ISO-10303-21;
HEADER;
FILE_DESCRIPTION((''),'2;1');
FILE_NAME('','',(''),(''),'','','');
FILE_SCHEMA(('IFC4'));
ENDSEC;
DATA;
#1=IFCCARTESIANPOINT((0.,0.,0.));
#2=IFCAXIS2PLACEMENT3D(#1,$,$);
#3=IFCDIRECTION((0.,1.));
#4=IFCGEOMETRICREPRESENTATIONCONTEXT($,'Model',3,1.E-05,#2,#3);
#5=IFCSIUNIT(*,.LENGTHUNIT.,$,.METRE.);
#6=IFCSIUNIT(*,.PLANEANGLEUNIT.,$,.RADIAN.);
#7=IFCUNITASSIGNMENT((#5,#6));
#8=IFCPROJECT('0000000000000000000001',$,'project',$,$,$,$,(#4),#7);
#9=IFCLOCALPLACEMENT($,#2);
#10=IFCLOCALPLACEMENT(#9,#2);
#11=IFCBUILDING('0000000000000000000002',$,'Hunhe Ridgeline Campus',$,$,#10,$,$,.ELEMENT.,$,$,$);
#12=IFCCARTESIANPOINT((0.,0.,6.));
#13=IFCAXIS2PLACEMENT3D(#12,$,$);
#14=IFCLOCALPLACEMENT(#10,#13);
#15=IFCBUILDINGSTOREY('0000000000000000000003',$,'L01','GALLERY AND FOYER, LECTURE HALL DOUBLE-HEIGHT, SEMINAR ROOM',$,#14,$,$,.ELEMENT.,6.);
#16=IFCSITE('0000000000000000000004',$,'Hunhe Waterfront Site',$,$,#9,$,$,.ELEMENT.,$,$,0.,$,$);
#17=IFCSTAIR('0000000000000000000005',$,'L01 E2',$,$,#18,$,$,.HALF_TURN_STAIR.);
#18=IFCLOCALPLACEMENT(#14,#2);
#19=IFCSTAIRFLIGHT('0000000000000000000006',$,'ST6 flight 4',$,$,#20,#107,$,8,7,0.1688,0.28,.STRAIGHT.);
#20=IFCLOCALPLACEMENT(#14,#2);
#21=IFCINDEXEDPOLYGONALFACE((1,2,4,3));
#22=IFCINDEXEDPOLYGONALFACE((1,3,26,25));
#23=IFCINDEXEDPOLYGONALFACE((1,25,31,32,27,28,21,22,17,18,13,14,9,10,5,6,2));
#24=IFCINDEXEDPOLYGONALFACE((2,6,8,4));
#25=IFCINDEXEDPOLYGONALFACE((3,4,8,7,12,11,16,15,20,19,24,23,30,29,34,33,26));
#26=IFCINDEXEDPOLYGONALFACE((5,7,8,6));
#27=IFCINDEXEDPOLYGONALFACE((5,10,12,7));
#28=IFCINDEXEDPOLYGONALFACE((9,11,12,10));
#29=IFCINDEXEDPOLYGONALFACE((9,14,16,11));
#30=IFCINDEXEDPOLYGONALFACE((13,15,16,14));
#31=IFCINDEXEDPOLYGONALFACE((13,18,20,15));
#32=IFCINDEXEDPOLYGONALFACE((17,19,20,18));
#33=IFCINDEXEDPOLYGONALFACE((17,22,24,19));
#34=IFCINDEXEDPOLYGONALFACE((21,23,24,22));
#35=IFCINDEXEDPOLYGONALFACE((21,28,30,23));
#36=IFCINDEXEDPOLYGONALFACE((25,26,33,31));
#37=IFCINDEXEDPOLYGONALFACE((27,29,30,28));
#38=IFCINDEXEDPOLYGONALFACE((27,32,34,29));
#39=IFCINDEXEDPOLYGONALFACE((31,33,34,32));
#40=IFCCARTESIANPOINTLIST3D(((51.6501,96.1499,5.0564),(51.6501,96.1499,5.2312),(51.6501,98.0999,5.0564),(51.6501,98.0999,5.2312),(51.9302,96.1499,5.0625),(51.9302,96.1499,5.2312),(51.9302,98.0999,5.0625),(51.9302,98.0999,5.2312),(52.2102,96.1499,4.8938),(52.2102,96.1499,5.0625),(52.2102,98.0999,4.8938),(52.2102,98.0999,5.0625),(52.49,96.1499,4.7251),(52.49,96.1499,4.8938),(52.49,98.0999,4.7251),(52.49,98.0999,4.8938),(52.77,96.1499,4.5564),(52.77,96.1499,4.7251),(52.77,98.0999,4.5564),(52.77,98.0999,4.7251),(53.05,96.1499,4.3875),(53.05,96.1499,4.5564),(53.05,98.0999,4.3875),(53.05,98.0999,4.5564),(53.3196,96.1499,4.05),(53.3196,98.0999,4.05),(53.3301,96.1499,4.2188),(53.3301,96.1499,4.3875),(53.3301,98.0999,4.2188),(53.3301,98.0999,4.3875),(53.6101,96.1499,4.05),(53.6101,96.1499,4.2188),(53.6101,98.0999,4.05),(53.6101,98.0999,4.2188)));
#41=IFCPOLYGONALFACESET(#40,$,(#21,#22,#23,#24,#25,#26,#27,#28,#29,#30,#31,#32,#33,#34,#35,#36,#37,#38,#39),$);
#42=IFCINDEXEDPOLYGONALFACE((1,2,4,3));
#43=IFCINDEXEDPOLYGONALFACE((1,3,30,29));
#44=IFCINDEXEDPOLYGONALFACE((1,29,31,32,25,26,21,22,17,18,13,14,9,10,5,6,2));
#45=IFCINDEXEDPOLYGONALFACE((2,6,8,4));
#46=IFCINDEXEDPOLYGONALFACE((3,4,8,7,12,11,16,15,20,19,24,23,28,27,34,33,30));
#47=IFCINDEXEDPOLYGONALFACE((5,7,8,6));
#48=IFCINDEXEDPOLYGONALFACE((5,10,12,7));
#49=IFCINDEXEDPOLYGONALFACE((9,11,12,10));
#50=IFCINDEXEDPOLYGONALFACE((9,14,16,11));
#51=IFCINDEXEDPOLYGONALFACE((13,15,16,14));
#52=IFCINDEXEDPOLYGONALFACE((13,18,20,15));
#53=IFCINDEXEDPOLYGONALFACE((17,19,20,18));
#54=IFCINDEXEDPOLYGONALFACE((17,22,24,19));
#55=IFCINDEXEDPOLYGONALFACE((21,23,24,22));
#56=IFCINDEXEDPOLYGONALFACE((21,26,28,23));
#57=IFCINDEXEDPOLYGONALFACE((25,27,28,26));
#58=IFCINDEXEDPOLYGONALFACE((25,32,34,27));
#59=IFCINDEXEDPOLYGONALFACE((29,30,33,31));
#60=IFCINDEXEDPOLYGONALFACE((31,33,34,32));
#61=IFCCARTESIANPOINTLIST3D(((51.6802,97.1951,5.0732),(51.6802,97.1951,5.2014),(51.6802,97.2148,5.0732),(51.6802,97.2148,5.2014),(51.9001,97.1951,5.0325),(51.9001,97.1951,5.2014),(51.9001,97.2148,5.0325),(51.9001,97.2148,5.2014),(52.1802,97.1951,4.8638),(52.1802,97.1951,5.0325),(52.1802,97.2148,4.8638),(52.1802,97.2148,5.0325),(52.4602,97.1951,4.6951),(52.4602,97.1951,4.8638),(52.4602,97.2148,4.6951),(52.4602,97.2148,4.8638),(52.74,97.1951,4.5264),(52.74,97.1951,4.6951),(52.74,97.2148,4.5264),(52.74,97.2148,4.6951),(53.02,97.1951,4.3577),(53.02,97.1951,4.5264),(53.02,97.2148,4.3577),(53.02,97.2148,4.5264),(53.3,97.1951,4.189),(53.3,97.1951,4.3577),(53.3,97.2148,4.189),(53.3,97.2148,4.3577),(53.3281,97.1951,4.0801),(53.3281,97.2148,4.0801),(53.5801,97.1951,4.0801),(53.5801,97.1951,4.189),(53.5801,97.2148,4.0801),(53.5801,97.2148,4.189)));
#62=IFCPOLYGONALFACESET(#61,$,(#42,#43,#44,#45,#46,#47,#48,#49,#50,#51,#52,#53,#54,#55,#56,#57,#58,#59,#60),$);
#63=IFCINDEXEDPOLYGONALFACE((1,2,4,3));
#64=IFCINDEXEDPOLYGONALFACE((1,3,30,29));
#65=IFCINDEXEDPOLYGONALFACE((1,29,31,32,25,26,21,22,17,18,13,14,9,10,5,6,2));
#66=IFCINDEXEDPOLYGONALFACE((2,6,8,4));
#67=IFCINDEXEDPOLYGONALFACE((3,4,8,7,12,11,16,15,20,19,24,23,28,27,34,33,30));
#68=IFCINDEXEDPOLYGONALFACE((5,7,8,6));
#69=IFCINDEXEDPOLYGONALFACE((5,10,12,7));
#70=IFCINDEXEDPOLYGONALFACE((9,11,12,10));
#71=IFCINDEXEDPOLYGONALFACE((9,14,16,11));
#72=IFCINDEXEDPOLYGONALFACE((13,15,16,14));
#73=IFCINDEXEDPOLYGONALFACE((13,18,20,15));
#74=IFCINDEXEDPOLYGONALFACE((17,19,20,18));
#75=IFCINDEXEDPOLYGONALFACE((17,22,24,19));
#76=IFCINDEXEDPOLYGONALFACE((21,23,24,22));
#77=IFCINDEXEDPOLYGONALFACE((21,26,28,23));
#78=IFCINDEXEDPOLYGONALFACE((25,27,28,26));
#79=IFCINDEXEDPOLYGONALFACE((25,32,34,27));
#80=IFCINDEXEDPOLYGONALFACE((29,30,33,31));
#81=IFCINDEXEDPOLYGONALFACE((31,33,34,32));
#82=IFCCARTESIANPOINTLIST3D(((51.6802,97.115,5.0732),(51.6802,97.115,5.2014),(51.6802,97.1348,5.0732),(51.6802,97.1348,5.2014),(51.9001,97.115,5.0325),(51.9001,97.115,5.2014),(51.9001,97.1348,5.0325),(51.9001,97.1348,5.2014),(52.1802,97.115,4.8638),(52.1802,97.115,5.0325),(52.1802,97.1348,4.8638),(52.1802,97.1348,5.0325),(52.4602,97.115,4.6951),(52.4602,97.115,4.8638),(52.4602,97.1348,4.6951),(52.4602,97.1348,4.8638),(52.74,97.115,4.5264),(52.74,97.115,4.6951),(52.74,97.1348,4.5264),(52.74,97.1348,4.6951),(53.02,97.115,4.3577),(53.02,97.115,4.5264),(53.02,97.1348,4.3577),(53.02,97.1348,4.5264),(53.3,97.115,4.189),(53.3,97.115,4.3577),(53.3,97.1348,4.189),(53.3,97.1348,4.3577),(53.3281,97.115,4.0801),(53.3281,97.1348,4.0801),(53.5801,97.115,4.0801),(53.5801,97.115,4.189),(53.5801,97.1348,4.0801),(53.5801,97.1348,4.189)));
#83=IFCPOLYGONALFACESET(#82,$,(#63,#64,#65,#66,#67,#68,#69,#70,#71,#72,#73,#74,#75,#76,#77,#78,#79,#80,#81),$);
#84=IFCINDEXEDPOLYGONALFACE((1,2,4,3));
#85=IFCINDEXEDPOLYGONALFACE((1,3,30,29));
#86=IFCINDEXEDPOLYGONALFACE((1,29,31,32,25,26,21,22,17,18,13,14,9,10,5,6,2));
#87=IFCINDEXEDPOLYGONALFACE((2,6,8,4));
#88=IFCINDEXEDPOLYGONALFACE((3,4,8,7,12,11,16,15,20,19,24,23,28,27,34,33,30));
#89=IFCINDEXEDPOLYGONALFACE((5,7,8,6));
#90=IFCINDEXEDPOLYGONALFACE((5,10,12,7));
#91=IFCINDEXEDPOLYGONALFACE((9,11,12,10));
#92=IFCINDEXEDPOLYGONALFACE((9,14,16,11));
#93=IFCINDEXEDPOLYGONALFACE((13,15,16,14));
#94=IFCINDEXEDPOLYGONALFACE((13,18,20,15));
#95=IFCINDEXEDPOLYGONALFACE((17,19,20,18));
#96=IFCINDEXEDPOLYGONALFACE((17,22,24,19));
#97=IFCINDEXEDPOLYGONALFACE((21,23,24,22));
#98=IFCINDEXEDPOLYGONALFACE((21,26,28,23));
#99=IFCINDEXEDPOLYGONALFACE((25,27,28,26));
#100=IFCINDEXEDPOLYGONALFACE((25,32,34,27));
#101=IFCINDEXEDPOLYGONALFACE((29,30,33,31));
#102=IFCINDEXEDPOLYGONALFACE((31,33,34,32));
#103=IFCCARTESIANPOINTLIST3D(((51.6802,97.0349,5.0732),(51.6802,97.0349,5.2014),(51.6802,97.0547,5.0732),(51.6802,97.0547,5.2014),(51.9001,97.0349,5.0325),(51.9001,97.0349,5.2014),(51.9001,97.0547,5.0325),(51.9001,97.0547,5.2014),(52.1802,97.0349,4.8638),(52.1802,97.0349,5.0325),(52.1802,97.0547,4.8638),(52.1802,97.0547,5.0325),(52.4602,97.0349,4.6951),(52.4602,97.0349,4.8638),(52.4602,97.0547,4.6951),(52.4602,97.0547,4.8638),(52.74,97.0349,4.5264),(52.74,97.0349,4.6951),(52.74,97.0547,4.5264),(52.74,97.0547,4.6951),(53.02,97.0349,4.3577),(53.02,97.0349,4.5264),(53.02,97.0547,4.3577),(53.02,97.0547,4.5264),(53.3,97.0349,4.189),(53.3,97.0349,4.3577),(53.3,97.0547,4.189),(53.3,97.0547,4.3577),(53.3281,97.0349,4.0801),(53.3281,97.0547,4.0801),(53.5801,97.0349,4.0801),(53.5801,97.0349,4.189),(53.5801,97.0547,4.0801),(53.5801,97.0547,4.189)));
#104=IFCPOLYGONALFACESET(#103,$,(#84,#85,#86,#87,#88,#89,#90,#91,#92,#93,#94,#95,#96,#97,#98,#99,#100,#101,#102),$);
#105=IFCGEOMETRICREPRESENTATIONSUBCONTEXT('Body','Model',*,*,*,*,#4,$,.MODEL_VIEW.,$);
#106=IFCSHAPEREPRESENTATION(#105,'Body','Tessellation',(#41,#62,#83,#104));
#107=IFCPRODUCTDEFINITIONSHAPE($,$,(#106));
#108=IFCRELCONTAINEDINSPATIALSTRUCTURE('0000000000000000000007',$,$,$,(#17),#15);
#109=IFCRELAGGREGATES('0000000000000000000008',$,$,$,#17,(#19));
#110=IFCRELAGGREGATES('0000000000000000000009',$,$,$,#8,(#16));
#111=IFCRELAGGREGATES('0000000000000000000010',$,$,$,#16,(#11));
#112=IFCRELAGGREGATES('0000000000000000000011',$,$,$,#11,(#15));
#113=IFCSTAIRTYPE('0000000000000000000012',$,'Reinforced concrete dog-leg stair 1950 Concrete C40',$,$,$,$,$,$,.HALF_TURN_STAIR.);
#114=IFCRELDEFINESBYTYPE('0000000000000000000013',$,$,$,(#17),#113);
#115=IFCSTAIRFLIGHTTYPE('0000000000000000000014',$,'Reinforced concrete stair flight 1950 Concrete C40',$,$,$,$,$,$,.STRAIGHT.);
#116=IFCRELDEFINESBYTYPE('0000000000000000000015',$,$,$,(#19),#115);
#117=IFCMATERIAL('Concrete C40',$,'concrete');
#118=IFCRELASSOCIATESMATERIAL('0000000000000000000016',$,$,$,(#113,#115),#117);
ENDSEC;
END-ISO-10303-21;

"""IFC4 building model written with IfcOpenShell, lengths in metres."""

from ifc_helpers import new_model, si_unit, direction, frame, origin, place, context, subcontext, project, spatial, polyline, outline, extrude, material, type_object, element, aggregate, save


model = new_model("IFC4")

# Units and contexts
model_context = context("Model", 3, precision=1e-05, world=origin(), true_north=direction((0.0, 1.0)))
body_context = subcontext(model_context, "Body", "Model", "MODEL_VIEW")
ifc_project = project(units=[si_unit("LENGTHUNIT", "METRE"), si_unit("PLANEANGLEUNIT", "RADIAN")], contexts=[model_context])

# Site, building, storey
site_placement = place(None, origin())
site = spatial("IfcSite", under=ifc_project, at=site_placement, Name="Hunhe Waterfront Site", CompositionType="ELEMENT", RefElevation=0.0)
building_placement = place(site_placement, origin())
building = spatial("IfcBuilding", under=site, at=building_placement, Name="Hunhe Ridgeline Campus", CompositionType="ELEMENT")
storey_placement = place(building_placement, frame((0.0, 0.0, 6.0)))
storey = spatial("IfcBuildingStorey", under=building, at=storey_placement, Name="L01", Description="GALLERY AND FOYER, LECTURE HALL DOUBLE-HEIGHT, SEMINAR ROOM", CompositionType="ELEMENT", Elevation=6.0)

# Stair, stair flight
ifc_material_1 = material(Name="Concrete C40", Category="concrete")
stair_type = type_object("IfcStairType", Name="Reinforced concrete dog-leg stair 1950 Concrete C40", PredefinedType="HALF_TURN_STAIR", material=ifc_material_1)
stair_placement = place(storey_placement, origin())
stair = element("IfcStair", 1, at=stair_placement, inside=storey, type_object=stair_type, Name="L01 E2", PredefinedType="HALF_TURN_STAIR")
stair_flight_type = type_object("IfcStairFlightType", Name="Reinforced concrete stair flight 1950 Concrete C40", PredefinedType="STRAIGHT", material=ifc_material_1)
stair_flight_1_placement = place(storey_placement, frame((53.6101, 97.125, 4.05), z_axis=(0.0, 0.0, 1.0), x_axis=(-1.0, 0.0, 0.0)))
stair_flight_1 = element("IfcStairFlight", 2, at=stair_flight_1_placement, type_object=stair_flight_type, Name="ST6 flight 4", NumberOfRisers=8, NumberOfTreads=7, PredefinedType="STRAIGHT", RiserHeight=0.1688, TreadLength=0.28, context=body_context, shape_type="SweptSolid", body=[
    extrude(outline(polyline([(0.0, 0.0), (0.0, 0.1687), (0.28, 0.1687), (0.28, 0.3374), (0.5601, 0.3374), (0.5601, 0.5063), (0.8401, 0.5063), (0.8401, 0.675), (1.1201, 0.675), (1.1201, 0.8438), (1.3999, 0.8438), (1.3999, 1.0125), (1.6799, 1.0125), (1.6799, 1.1812), (1.96, 1.1812), (1.96, 1.3501), (1.96, 1.0063), (0.2905, 0.0), (0.0, 0.0)])), frame((0.0, 0.9751, 0.0), z_axis=(0.0, -1.0, 0.0), x_axis=(1.0, 0.0, 0.0)), (0.0, 0.0, 1.0), 1.95),
    extrude(outline(polyline([(0.03, 0.03), (0.03, 0.1389), (0.3101, 0.1389), (0.3101, 0.3076), (0.5901, 0.3076), (0.5901, 0.4763), (0.8701, 0.4763), (0.8701, 0.645), (1.1499, 0.645), (1.1499, 0.8137), (1.4299, 0.8137), (1.4299, 0.9824), (1.71, 0.9824), (1.71, 1.1514), (1.9299, 1.1514), (1.9299, 1.0232), (0.282, 0.03), (0.03, 0.03)])), frame((0.0, -0.0701, 0.0), z_axis=(0.0, -1.0, 0.0), x_axis=(1.0, 0.0, 0.0)), (0.0, 0.0, 1.0), 0.0198),
    extrude(outline(polyline([(0.03, 0.03), (0.03, 0.1389), (0.3101, 0.1389), (0.3101, 0.3076), (0.5901, 0.3076), (0.5901, 0.4763), (0.8701, 0.4763), (0.8701, 0.645), (1.1499, 0.645), (1.1499, 0.8137), (1.4299, 0.8137), (1.4299, 0.9824), (1.71, 0.9824), (1.71, 1.1514), (1.9299, 1.1514), (1.9299, 1.0232), (0.282, 0.03), (0.03, 0.03)])), frame((0.0, 0.01, 0.0), z_axis=(0.0, -1.0, 0.0), x_axis=(1.0, 0.0, 0.0)), (0.0, 0.0, 1.0), 0.0198),
    extrude(outline(polyline([(0.03, 0.03), (0.03, 0.1389), (0.3101, 0.1389), (0.3101, 0.3076), (0.5901, 0.3076), (0.5901, 0.4763), (0.8701, 0.4763), (0.8701, 0.645), (1.1499, 0.645), (1.1499, 0.8137), (1.4299, 0.8137), (1.4299, 0.9824), (1.71, 0.9824), (1.71, 1.1514), (1.9299, 1.1514), (1.9299, 1.0232), (0.282, 0.03), (0.03, 0.03)])), frame((0.0, 0.0901, 0.0), z_axis=(0.0, -1.0, 0.0), x_axis=(1.0, 0.0, 0.0)), (0.0, 0.0, 1.0), 0.0198),
])
aggregate(stair, [stair_flight_1])

save(model, "model.ifc")
